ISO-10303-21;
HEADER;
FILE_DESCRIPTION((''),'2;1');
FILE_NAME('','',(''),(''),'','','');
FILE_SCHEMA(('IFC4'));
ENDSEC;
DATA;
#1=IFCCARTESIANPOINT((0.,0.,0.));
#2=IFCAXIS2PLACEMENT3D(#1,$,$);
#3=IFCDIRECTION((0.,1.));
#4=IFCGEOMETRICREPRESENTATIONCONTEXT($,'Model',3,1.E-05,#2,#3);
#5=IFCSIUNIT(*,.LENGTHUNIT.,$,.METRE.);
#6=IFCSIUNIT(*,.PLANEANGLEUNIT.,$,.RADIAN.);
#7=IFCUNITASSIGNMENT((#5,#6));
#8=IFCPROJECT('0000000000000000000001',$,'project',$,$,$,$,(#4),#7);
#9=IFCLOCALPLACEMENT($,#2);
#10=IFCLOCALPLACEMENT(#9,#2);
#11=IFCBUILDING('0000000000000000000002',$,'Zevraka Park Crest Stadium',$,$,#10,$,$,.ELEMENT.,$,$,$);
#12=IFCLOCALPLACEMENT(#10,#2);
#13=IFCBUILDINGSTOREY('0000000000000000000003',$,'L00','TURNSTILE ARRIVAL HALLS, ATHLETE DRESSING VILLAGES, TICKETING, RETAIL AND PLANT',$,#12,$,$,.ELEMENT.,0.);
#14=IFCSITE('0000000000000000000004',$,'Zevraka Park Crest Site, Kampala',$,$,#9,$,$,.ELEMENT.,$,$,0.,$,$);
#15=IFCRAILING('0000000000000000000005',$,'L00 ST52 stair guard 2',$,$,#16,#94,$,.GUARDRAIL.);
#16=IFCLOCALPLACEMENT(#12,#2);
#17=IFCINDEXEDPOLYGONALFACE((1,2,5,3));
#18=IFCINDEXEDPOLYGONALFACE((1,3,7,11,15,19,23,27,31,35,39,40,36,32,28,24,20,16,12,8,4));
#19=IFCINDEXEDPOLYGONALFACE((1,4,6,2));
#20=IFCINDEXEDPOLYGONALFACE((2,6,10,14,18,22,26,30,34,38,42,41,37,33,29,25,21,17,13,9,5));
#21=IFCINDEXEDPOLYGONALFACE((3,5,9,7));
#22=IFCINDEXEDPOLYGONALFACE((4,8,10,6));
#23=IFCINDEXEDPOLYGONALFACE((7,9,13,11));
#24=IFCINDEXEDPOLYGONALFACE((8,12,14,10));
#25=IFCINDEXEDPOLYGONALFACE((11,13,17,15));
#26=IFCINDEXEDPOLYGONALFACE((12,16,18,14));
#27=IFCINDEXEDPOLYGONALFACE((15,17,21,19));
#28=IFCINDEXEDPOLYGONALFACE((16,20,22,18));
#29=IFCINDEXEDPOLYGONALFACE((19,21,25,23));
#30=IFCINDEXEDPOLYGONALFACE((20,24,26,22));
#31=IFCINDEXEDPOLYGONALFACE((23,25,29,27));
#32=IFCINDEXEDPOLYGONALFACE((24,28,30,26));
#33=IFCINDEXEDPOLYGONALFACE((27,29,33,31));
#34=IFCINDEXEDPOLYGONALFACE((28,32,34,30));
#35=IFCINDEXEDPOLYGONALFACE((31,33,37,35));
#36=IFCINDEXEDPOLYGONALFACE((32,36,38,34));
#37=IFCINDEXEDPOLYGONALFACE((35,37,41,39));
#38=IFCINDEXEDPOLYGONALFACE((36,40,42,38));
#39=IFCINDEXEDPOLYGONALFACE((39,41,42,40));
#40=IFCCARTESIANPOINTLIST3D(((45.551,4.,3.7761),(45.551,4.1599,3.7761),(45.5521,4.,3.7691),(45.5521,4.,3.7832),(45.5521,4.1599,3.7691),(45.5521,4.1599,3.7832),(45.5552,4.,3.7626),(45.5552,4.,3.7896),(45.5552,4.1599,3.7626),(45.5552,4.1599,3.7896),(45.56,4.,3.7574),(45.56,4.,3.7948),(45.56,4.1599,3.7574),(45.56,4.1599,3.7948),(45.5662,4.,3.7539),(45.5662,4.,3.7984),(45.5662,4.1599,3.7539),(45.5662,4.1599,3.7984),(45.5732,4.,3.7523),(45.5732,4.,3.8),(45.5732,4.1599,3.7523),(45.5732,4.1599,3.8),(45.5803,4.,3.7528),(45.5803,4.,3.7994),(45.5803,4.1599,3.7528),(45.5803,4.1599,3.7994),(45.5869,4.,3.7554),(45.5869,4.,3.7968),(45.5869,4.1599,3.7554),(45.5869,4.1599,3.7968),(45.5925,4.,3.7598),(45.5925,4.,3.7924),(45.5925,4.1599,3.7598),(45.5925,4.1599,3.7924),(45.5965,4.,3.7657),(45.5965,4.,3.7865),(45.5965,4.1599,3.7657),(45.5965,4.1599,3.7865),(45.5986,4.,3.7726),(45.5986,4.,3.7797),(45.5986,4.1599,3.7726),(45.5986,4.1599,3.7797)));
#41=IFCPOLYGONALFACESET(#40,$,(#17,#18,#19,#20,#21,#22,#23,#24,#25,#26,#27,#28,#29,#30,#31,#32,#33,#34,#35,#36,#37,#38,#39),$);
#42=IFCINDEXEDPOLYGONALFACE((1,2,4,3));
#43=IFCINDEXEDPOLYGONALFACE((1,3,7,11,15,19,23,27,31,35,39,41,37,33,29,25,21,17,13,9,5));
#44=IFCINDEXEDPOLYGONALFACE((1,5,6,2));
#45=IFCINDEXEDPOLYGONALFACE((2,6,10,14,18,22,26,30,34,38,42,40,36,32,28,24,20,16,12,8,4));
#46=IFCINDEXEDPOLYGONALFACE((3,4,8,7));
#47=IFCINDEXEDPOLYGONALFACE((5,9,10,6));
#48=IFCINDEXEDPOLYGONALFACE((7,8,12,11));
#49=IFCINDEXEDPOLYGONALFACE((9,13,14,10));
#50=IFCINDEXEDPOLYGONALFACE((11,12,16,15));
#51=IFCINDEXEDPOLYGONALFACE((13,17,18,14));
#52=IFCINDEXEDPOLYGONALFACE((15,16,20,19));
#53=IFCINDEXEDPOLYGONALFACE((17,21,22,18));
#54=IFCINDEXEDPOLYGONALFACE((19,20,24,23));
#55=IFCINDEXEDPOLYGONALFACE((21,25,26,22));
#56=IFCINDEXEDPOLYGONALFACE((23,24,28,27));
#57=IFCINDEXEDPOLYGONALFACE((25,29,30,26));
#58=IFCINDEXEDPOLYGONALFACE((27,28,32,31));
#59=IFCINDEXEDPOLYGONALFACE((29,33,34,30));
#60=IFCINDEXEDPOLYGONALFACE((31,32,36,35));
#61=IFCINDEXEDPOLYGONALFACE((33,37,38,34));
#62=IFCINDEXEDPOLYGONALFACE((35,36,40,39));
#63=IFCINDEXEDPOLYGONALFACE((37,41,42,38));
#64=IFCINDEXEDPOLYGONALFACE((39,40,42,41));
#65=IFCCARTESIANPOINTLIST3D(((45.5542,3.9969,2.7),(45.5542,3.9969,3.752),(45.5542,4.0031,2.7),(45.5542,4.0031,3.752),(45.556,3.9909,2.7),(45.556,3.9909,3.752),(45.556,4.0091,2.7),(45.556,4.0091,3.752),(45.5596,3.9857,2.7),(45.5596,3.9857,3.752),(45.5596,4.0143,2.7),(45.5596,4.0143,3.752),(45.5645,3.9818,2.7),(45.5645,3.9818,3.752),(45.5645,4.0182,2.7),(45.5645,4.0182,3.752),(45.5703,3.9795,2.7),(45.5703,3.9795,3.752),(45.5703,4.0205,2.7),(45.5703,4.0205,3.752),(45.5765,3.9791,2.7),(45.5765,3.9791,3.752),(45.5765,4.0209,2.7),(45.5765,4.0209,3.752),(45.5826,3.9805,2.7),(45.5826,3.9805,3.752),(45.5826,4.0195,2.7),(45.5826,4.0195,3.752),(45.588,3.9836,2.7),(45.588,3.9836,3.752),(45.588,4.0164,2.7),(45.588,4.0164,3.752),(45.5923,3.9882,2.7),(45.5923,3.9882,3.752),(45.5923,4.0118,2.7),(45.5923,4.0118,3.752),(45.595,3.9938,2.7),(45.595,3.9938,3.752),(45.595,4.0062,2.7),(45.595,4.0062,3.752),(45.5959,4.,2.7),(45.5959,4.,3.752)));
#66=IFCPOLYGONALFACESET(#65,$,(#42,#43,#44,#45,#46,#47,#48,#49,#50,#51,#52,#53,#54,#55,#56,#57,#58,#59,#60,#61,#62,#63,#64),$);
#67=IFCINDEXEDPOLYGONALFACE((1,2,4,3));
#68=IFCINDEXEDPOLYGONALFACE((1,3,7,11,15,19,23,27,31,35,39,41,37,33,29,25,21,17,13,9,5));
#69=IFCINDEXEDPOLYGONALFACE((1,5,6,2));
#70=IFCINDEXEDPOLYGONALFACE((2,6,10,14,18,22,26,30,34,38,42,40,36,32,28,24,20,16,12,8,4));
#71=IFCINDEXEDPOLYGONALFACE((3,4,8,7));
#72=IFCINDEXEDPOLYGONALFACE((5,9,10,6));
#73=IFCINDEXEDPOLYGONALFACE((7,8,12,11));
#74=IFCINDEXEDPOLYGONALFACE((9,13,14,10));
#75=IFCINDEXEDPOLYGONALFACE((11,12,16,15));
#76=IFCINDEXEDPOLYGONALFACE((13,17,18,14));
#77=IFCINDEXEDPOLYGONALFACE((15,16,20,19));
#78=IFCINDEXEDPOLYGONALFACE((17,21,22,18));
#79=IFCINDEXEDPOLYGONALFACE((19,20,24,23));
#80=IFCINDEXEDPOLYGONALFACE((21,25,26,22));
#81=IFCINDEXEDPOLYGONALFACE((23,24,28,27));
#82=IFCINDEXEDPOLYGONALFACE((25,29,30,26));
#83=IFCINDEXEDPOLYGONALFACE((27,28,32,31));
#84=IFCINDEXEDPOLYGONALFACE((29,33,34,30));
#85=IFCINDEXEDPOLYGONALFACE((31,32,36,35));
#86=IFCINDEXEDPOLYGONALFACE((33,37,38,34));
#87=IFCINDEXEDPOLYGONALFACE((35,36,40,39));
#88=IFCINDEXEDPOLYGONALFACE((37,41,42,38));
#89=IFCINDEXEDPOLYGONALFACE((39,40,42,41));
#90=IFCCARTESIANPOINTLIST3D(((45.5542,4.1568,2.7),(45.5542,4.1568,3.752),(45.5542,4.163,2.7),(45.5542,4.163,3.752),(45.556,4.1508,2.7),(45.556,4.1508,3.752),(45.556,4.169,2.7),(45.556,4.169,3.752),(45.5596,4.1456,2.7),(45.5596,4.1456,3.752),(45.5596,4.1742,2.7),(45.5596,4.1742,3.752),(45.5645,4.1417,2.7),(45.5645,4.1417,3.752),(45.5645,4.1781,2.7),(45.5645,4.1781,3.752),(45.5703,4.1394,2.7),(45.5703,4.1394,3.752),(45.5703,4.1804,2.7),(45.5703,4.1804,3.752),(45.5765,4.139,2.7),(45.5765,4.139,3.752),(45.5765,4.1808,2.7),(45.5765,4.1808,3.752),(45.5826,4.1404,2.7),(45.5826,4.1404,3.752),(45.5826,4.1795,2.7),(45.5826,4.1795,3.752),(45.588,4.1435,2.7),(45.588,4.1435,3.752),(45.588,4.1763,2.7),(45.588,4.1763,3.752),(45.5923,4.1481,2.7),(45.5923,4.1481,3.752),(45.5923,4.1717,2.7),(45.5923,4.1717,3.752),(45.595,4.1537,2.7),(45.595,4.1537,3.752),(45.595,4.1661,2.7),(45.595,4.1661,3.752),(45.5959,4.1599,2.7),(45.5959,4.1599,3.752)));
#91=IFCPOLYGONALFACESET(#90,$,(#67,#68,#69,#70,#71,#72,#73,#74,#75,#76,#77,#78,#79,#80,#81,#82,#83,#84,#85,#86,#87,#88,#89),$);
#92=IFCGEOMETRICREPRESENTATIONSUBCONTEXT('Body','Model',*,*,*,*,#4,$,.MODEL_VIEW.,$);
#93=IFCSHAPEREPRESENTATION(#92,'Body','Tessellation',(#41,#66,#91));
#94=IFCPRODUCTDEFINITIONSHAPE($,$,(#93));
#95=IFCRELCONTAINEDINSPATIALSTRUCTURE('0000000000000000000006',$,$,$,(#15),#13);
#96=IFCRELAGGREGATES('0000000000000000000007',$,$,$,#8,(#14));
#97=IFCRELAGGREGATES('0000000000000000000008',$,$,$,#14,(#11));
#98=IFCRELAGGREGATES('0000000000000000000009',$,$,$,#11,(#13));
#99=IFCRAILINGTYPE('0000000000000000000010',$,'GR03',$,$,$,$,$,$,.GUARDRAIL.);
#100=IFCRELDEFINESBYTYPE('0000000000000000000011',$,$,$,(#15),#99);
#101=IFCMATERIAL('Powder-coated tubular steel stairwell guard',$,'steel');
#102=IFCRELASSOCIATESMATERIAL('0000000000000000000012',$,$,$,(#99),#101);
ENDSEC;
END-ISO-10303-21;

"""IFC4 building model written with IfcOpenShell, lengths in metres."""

from ifc_helpers import new_model, si_unit, direction, frame, origin, origin_2d, place, context, subcontext, project, spatial, circle, extrude, material, type_object, element, save


model = new_model("IFC4")

# Units and contexts
model_context = context("Model", 3, precision=1e-05, world=origin(), true_north=direction((0.0, 1.0)))
body_context = subcontext(model_context, "Body", "Model", "MODEL_VIEW")
ifc_project = project(units=[si_unit("LENGTHUNIT", "METRE"), si_unit("PLANEANGLEUNIT", "RADIAN")], contexts=[model_context])

# Site, building, storey
site_placement = place(None, origin())
site = spatial("IfcSite", under=ifc_project, at=site_placement, Name="Zevraka Park Crest Site, Kampala", CompositionType="ELEMENT", RefElevation=0.0)
building_placement = place(site_placement, origin())
building = spatial("IfcBuilding", under=site, at=building_placement, Name="Zevraka Park Crest Stadium", CompositionType="ELEMENT")
storey_placement = place(building_placement, origin())
storey = spatial("IfcBuildingStorey", under=building, at=storey_placement, Name="L00", Description="TURNSTILE ARRIVAL HALLS, ATHLETE DRESSING VILLAGES, TICKETING, RETAIL AND PLANT", CompositionType="ELEMENT", Elevation=0.0)

# Railing
ifc_material_1 = material(Name="Powder-coated tubular steel stairwell guard", Category="steel")
railing_type_1 = type_object("IfcRailingType", Name="GR03", PredefinedType="GUARDRAIL", material=ifc_material_1)
railing_1_placement = place(storey_placement, frame((45.575, 4.0, 2.7)))
element("IfcRailing", 1, at=railing_1_placement, inside=storey, type_object=railing_type_1, Name="L00 ST52 stair guard 2", PredefinedType="GUARDRAIL", context=body_context, shape_type="SweptSolid", body=[
    extrude(circle(Radius=0.0239, at=origin_2d()), frame((0.0, 0.0, 1.0762), z_axis=(0.0, 1.0, 0.0), x_axis=(-1.0, 0.0, 0.0)), (0.0, 0.0, 1.0), 0.1599),
    extrude(circle(Radius=0.021, at=origin_2d()), origin(), (0.0, 0.0, 1.0), 1.052),
    extrude(circle(Radius=0.021, at=origin_2d()), frame((0.0, 0.1599, 0.0)), (0.0, 0.0, 1.0), 1.052),
])

save(model, "model.ifc")
